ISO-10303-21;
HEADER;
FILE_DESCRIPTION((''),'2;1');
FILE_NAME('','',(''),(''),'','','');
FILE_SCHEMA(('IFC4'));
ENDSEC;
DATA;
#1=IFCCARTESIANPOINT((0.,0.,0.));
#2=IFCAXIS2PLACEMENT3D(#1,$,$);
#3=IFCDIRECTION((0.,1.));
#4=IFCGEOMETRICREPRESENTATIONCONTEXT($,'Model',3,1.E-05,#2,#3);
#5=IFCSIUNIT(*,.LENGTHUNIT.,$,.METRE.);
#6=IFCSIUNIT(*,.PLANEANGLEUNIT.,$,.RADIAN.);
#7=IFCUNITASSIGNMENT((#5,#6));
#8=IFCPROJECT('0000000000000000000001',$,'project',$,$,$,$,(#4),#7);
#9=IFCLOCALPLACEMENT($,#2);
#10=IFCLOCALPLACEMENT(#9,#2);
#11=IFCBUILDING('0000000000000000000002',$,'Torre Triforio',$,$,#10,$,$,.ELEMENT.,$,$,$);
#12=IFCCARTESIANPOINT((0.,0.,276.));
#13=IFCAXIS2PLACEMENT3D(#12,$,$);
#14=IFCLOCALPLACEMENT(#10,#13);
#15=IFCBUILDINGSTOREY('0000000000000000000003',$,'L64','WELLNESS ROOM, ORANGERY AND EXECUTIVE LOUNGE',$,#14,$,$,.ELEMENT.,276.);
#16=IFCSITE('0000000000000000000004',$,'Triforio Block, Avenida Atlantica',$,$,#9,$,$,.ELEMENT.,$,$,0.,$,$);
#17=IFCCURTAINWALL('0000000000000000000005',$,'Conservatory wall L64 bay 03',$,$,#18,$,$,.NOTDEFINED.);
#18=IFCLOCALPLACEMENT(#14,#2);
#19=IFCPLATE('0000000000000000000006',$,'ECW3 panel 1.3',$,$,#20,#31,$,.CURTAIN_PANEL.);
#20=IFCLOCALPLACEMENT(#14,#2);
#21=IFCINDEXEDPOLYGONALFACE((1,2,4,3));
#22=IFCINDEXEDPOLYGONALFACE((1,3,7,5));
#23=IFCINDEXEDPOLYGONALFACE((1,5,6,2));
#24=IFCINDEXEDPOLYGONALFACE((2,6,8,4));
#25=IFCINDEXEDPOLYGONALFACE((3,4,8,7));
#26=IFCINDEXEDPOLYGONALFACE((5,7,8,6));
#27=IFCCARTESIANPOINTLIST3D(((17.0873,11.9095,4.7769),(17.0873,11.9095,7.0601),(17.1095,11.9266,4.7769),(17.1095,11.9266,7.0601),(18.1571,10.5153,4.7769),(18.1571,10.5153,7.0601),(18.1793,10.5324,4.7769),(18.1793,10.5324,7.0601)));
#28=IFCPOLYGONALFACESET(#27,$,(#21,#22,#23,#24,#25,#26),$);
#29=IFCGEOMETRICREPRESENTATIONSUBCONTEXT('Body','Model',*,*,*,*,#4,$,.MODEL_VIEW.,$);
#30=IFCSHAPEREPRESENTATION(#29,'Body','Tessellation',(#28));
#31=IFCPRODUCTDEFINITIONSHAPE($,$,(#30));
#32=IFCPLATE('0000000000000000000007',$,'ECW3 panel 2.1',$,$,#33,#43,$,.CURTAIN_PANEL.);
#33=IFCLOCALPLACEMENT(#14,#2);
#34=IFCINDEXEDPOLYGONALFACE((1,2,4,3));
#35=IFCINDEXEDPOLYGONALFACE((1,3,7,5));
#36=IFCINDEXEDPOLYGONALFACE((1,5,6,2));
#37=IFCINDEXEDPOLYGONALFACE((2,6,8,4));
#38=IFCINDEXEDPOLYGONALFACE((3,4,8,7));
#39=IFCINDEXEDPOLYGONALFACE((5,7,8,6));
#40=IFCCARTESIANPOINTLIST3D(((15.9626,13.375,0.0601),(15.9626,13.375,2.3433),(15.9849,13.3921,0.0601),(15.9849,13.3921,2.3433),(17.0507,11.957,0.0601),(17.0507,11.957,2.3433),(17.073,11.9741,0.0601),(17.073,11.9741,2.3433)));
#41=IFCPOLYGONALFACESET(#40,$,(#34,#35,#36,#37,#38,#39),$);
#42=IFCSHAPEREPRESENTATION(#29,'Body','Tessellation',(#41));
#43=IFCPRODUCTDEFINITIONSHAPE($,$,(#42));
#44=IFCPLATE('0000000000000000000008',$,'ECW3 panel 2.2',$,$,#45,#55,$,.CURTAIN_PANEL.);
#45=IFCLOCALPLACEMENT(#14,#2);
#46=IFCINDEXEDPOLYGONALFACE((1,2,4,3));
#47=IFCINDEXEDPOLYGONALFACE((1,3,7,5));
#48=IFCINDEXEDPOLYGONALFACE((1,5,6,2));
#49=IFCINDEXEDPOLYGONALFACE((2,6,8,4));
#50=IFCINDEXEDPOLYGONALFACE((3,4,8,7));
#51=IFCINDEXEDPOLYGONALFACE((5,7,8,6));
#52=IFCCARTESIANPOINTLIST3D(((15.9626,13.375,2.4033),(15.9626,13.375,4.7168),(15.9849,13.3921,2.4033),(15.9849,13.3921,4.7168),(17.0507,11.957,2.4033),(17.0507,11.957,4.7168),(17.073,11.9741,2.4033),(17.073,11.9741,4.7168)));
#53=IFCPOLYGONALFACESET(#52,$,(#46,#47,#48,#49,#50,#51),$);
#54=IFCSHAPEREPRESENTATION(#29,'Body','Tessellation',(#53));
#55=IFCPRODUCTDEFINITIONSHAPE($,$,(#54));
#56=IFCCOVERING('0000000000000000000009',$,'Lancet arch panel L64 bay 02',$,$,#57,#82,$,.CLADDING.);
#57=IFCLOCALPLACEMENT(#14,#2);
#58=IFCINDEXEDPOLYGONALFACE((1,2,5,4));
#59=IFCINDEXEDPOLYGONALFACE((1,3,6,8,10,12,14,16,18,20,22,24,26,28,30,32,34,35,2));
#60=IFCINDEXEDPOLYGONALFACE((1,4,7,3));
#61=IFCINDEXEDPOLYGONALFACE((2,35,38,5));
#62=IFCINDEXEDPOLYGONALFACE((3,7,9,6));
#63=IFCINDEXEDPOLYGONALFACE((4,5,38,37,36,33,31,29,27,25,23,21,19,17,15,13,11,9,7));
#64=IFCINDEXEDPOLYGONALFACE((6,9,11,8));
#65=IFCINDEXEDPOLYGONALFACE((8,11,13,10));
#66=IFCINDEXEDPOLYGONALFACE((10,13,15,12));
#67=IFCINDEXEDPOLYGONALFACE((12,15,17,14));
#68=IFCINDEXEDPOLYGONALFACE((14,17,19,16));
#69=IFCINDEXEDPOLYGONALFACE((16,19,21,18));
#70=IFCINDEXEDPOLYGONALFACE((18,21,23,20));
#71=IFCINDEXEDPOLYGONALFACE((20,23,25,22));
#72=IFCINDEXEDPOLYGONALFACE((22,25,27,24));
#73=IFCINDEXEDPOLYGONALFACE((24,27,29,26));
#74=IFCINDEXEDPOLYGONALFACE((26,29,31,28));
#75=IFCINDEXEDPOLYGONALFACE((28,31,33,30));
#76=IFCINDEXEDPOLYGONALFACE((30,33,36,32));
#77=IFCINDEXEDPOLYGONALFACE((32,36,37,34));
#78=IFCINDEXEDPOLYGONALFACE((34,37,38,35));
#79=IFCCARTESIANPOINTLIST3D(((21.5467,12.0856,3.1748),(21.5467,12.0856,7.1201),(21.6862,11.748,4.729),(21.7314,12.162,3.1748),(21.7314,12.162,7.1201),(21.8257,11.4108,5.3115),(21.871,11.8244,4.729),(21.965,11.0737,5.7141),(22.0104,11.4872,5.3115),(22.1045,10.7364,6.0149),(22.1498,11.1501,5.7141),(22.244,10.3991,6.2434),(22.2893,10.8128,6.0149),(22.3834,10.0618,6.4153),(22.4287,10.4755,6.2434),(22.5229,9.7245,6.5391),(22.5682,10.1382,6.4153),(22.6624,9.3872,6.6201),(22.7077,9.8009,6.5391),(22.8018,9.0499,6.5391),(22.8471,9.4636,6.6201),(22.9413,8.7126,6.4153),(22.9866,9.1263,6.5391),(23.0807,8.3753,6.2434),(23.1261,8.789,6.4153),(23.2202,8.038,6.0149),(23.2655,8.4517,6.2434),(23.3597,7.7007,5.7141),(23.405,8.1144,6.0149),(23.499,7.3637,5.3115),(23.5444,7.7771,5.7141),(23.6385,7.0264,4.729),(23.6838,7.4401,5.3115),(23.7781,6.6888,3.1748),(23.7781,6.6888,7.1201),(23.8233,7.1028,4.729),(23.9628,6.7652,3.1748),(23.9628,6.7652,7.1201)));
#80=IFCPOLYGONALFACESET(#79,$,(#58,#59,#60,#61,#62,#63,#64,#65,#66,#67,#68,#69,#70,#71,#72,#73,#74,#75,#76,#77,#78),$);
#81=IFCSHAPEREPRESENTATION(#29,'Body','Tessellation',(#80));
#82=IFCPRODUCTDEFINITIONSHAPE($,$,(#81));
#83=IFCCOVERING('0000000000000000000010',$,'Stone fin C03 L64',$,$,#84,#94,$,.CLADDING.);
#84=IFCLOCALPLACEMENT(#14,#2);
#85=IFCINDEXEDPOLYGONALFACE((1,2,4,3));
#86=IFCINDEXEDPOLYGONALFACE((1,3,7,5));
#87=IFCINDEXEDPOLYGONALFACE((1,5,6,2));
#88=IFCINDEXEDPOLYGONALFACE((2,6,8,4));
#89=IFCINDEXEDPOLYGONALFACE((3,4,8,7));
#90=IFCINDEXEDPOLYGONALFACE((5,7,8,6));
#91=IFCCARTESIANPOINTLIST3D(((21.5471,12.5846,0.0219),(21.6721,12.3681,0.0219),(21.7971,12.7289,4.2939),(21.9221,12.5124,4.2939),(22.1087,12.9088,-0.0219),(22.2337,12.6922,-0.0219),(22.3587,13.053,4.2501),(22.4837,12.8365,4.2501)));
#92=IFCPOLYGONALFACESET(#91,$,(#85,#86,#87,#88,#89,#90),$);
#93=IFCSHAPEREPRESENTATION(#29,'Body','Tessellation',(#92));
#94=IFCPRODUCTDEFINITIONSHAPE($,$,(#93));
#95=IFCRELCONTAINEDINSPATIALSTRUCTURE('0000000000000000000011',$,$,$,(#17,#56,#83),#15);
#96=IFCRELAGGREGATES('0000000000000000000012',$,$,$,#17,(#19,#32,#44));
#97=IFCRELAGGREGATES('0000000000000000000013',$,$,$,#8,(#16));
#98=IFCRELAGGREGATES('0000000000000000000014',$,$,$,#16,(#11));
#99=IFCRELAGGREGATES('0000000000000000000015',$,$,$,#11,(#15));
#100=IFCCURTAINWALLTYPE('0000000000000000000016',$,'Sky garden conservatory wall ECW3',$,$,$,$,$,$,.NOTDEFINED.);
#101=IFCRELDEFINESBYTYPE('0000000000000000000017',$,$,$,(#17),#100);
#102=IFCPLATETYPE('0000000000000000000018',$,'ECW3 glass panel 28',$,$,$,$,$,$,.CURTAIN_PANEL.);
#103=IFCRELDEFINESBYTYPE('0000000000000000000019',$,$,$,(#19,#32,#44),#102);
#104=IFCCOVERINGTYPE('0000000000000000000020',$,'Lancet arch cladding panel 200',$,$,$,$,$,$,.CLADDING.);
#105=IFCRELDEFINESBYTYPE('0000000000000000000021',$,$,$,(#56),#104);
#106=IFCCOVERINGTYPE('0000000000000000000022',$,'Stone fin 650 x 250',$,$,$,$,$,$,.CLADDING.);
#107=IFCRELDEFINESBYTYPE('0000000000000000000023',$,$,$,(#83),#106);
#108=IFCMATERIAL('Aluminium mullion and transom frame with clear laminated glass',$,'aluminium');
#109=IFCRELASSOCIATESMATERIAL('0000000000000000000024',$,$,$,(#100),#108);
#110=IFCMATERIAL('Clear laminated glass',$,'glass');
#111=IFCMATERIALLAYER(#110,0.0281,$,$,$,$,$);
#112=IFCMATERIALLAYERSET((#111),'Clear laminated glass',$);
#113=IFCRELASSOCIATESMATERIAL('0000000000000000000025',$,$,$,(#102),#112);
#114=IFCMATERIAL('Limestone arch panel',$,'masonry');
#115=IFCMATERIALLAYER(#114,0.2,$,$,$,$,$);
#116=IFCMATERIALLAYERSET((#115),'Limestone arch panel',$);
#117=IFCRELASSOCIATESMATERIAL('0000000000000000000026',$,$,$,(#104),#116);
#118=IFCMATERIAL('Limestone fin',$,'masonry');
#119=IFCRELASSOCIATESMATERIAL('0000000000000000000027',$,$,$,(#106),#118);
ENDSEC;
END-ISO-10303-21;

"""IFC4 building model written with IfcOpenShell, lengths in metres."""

from ifc_helpers import new_model, si_unit, direction, frame, origin, origin_2d, place, context, subcontext, project, spatial, polyline, rectangle, outline, extrude, material, layer, layer_set, material_profile, profile_set, type_object, element, aggregate, save


model = new_model("IFC4")

# Units and contexts
model_context = context("Model", 3, precision=1e-05, world=origin(), true_north=direction((0.0, 1.0)))
body_context = subcontext(model_context, "Body", "Model", "MODEL_VIEW")
ifc_project = project(units=[si_unit("LENGTHUNIT", "METRE"), si_unit("PLANEANGLEUNIT", "RADIAN")], contexts=[model_context])

# Site, building, storey
site_placement = place(None, origin())
site = spatial("IfcSite", under=ifc_project, at=site_placement, Name="Triforio Block, Avenida Atlantica", CompositionType="ELEMENT", RefElevation=0.0)
building_placement = place(site_placement, origin())
building = spatial("IfcBuilding", under=site, at=building_placement, Name="Torre Triforio", CompositionType="ELEMENT")
storey_placement = place(building_placement, frame((0.0, 0.0, 276.0)))
storey = spatial("IfcBuildingStorey", under=building, at=storey_placement, Name="L64", Description="WELLNESS ROOM, ORANGERY AND EXECUTIVE LOUNGE", CompositionType="ELEMENT", Elevation=276.0)

# Curtain wall
ifc_material_1 = material(Name="Aluminium mullion and transom frame with clear laminated glass", Category="aluminium")
curtain_wall_type = type_object("IfcCurtainWallType", Name="Sky garden conservatory wall ECW3", PredefinedType="NOTDEFINED", material=ifc_material_1)
curtain_wall_placement = place(storey_placement, origin())
curtain_wall = element("IfcCurtainWall", 1, at=curtain_wall_placement, inside=storey, type_object=curtain_wall_type, Name="Conservatory wall L64 bay 03", PredefinedType="NOTDEFINED")

# Plates
ifc_material_2 = material(Name="Clear laminated glass", Category="glass")
ifc_layer_1 = layer(ifc_material_2, 0.0281)
ifc_layer_set_1 = layer_set([ifc_layer_1], Name="Clear laminated glass")
plate_type = type_object("IfcPlateType", Name="ECW3 glass panel 28", PredefinedType="CURTAIN_PANEL", material=ifc_layer_set_1)
plate_1_placement = place(storey_placement, frame((17.6333, 11.2209, 4.7769), z_axis=(0.0, 0.0, 1.0), x_axis=(-0.608763, 0.793352, 0.0)))
plate_1 = element("IfcPlate", 2, at=plate_1_placement, type_object=plate_type, Name="ECW3 panel 1.3", PredefinedType="CURTAIN_PANEL", context=body_context, shape_type="SweptSolid", body=[
    extrude(rectangle(XDim=1.7573, YDim=0.0281, at=origin_2d()), origin(), (0.0, 0.0, 1.0), 2.2832),
])
plate_2_placement = place(storey_placement, frame((16.5178, 12.6746, 0.0601), z_axis=(0.0, 0.0, 1.0), x_axis=(-0.608763, 0.793352, 0.0)))
plate_2 = element("IfcPlate", 3, at=plate_2_placement, type_object=plate_type, Name="ECW3 panel 2.1", PredefinedType="CURTAIN_PANEL", context=body_context, shape_type="SweptSolid", body=[
    extrude(rectangle(XDim=1.7874, YDim=0.0281, at=origin_2d()), origin(), (0.0, 0.0, 1.0), 2.2832),
])
plate_3_placement = place(storey_placement, frame((16.5178, 12.6746, 2.4033), z_axis=(0.0, 0.0, 1.0), x_axis=(-0.608763, 0.793352, 0.0)))
plate_3 = element("IfcPlate", 4, at=plate_3_placement, type_object=plate_type, Name="ECW3 panel 2.2", PredefinedType="CURTAIN_PANEL", context=body_context, shape_type="SweptSolid", body=[
    extrude(rectangle(XDim=1.7874, YDim=0.0281, at=origin_2d()), origin(), (0.0, 0.0, 1.0), 2.3135),
])
aggregate(curtain_wall, [plate_1, plate_2, plate_3])

# Coverings
ifc_material_3 = material(Name="Limestone arch panel", Category="masonry")
ifc_layer_2 = layer(ifc_material_3, 0.2)
ifc_layer_set_2 = layer_set([ifc_layer_2], Name="Limestone arch panel")
covering_type_1 = type_object("IfcCoveringType", Name="Lancet arch cladding panel 200", PredefinedType="CLADDING", material=ifc_layer_set_2)
covering_1_placement = place(storey_placement, frame((22.6624, 9.3872, 0.0), z_axis=(0.924121, 0.3821, 0.0), x_axis=(-0.3821, 0.924121, 0.0)))
element("IfcCovering", 5, at=covering_1_placement, inside=storey, type_object=covering_type_1, Name="Lancet arch panel L64 bay 02", PredefinedType="CLADDING", context=body_context, shape_type="SweptSolid", body=[
    extrude(outline(polyline([(-2.9199, 7.1201), (-2.9199, 3.1748), (-2.5547, 4.729), (-2.1897, 5.3115), (-1.825, 5.7141), (-1.46, 6.0149), (-1.095, 6.2434), (-0.73, 6.4153), (-0.365, 6.5391), (0.0, 6.6201), (0.365, 6.5391), (0.73, 6.4153), (1.095, 6.2434), (1.46, 6.0149), (1.825, 5.7141), (2.1897, 5.3115), (2.5547, 4.729), (2.9199, 3.1748), (2.9199, 7.1201), (-2.9199, 7.1201)])), origin(), (0.0, 0.0, 1.0), 0.2),
])
ifc_material_4 = material(Name="Limestone fin", Category="masonry")
ifc_material_profile_1 = material_profile(ifc_material_4, rectangle(XDim=0.6499, YDim=0.25, at=origin_2d()), Name="FIN 650x250")
ifc_profile_set_1 = profile_set([ifc_material_profile_1], Name="Limestone fin")
covering_type_2 = type_object("IfcCoveringType", Name="Stone fin 650 x 250", PredefinedType="CLADDING", material=ifc_profile_set_1)
covering_2_placement = place(storey_placement, frame((21.8904, 12.6384, 0.0), z_axis=(0.058388, 0.033698, 0.997725), x_axis=(-0.864131, -0.498732, 0.067415)))
element("IfcCovering", 6, at=covering_2_placement, inside=storey, type_object=covering_type_2, Name="Stone fin C03 L64", PredefinedType="CLADDING", context=body_context, shape_type="SweptSolid", body=[
    extrude(rectangle(XDim=0.6499, YDim=0.25, at=origin_2d()), origin(), (0.0, 0.0, 1.0), 4.2817),
])

save(model, "model.ifc")
